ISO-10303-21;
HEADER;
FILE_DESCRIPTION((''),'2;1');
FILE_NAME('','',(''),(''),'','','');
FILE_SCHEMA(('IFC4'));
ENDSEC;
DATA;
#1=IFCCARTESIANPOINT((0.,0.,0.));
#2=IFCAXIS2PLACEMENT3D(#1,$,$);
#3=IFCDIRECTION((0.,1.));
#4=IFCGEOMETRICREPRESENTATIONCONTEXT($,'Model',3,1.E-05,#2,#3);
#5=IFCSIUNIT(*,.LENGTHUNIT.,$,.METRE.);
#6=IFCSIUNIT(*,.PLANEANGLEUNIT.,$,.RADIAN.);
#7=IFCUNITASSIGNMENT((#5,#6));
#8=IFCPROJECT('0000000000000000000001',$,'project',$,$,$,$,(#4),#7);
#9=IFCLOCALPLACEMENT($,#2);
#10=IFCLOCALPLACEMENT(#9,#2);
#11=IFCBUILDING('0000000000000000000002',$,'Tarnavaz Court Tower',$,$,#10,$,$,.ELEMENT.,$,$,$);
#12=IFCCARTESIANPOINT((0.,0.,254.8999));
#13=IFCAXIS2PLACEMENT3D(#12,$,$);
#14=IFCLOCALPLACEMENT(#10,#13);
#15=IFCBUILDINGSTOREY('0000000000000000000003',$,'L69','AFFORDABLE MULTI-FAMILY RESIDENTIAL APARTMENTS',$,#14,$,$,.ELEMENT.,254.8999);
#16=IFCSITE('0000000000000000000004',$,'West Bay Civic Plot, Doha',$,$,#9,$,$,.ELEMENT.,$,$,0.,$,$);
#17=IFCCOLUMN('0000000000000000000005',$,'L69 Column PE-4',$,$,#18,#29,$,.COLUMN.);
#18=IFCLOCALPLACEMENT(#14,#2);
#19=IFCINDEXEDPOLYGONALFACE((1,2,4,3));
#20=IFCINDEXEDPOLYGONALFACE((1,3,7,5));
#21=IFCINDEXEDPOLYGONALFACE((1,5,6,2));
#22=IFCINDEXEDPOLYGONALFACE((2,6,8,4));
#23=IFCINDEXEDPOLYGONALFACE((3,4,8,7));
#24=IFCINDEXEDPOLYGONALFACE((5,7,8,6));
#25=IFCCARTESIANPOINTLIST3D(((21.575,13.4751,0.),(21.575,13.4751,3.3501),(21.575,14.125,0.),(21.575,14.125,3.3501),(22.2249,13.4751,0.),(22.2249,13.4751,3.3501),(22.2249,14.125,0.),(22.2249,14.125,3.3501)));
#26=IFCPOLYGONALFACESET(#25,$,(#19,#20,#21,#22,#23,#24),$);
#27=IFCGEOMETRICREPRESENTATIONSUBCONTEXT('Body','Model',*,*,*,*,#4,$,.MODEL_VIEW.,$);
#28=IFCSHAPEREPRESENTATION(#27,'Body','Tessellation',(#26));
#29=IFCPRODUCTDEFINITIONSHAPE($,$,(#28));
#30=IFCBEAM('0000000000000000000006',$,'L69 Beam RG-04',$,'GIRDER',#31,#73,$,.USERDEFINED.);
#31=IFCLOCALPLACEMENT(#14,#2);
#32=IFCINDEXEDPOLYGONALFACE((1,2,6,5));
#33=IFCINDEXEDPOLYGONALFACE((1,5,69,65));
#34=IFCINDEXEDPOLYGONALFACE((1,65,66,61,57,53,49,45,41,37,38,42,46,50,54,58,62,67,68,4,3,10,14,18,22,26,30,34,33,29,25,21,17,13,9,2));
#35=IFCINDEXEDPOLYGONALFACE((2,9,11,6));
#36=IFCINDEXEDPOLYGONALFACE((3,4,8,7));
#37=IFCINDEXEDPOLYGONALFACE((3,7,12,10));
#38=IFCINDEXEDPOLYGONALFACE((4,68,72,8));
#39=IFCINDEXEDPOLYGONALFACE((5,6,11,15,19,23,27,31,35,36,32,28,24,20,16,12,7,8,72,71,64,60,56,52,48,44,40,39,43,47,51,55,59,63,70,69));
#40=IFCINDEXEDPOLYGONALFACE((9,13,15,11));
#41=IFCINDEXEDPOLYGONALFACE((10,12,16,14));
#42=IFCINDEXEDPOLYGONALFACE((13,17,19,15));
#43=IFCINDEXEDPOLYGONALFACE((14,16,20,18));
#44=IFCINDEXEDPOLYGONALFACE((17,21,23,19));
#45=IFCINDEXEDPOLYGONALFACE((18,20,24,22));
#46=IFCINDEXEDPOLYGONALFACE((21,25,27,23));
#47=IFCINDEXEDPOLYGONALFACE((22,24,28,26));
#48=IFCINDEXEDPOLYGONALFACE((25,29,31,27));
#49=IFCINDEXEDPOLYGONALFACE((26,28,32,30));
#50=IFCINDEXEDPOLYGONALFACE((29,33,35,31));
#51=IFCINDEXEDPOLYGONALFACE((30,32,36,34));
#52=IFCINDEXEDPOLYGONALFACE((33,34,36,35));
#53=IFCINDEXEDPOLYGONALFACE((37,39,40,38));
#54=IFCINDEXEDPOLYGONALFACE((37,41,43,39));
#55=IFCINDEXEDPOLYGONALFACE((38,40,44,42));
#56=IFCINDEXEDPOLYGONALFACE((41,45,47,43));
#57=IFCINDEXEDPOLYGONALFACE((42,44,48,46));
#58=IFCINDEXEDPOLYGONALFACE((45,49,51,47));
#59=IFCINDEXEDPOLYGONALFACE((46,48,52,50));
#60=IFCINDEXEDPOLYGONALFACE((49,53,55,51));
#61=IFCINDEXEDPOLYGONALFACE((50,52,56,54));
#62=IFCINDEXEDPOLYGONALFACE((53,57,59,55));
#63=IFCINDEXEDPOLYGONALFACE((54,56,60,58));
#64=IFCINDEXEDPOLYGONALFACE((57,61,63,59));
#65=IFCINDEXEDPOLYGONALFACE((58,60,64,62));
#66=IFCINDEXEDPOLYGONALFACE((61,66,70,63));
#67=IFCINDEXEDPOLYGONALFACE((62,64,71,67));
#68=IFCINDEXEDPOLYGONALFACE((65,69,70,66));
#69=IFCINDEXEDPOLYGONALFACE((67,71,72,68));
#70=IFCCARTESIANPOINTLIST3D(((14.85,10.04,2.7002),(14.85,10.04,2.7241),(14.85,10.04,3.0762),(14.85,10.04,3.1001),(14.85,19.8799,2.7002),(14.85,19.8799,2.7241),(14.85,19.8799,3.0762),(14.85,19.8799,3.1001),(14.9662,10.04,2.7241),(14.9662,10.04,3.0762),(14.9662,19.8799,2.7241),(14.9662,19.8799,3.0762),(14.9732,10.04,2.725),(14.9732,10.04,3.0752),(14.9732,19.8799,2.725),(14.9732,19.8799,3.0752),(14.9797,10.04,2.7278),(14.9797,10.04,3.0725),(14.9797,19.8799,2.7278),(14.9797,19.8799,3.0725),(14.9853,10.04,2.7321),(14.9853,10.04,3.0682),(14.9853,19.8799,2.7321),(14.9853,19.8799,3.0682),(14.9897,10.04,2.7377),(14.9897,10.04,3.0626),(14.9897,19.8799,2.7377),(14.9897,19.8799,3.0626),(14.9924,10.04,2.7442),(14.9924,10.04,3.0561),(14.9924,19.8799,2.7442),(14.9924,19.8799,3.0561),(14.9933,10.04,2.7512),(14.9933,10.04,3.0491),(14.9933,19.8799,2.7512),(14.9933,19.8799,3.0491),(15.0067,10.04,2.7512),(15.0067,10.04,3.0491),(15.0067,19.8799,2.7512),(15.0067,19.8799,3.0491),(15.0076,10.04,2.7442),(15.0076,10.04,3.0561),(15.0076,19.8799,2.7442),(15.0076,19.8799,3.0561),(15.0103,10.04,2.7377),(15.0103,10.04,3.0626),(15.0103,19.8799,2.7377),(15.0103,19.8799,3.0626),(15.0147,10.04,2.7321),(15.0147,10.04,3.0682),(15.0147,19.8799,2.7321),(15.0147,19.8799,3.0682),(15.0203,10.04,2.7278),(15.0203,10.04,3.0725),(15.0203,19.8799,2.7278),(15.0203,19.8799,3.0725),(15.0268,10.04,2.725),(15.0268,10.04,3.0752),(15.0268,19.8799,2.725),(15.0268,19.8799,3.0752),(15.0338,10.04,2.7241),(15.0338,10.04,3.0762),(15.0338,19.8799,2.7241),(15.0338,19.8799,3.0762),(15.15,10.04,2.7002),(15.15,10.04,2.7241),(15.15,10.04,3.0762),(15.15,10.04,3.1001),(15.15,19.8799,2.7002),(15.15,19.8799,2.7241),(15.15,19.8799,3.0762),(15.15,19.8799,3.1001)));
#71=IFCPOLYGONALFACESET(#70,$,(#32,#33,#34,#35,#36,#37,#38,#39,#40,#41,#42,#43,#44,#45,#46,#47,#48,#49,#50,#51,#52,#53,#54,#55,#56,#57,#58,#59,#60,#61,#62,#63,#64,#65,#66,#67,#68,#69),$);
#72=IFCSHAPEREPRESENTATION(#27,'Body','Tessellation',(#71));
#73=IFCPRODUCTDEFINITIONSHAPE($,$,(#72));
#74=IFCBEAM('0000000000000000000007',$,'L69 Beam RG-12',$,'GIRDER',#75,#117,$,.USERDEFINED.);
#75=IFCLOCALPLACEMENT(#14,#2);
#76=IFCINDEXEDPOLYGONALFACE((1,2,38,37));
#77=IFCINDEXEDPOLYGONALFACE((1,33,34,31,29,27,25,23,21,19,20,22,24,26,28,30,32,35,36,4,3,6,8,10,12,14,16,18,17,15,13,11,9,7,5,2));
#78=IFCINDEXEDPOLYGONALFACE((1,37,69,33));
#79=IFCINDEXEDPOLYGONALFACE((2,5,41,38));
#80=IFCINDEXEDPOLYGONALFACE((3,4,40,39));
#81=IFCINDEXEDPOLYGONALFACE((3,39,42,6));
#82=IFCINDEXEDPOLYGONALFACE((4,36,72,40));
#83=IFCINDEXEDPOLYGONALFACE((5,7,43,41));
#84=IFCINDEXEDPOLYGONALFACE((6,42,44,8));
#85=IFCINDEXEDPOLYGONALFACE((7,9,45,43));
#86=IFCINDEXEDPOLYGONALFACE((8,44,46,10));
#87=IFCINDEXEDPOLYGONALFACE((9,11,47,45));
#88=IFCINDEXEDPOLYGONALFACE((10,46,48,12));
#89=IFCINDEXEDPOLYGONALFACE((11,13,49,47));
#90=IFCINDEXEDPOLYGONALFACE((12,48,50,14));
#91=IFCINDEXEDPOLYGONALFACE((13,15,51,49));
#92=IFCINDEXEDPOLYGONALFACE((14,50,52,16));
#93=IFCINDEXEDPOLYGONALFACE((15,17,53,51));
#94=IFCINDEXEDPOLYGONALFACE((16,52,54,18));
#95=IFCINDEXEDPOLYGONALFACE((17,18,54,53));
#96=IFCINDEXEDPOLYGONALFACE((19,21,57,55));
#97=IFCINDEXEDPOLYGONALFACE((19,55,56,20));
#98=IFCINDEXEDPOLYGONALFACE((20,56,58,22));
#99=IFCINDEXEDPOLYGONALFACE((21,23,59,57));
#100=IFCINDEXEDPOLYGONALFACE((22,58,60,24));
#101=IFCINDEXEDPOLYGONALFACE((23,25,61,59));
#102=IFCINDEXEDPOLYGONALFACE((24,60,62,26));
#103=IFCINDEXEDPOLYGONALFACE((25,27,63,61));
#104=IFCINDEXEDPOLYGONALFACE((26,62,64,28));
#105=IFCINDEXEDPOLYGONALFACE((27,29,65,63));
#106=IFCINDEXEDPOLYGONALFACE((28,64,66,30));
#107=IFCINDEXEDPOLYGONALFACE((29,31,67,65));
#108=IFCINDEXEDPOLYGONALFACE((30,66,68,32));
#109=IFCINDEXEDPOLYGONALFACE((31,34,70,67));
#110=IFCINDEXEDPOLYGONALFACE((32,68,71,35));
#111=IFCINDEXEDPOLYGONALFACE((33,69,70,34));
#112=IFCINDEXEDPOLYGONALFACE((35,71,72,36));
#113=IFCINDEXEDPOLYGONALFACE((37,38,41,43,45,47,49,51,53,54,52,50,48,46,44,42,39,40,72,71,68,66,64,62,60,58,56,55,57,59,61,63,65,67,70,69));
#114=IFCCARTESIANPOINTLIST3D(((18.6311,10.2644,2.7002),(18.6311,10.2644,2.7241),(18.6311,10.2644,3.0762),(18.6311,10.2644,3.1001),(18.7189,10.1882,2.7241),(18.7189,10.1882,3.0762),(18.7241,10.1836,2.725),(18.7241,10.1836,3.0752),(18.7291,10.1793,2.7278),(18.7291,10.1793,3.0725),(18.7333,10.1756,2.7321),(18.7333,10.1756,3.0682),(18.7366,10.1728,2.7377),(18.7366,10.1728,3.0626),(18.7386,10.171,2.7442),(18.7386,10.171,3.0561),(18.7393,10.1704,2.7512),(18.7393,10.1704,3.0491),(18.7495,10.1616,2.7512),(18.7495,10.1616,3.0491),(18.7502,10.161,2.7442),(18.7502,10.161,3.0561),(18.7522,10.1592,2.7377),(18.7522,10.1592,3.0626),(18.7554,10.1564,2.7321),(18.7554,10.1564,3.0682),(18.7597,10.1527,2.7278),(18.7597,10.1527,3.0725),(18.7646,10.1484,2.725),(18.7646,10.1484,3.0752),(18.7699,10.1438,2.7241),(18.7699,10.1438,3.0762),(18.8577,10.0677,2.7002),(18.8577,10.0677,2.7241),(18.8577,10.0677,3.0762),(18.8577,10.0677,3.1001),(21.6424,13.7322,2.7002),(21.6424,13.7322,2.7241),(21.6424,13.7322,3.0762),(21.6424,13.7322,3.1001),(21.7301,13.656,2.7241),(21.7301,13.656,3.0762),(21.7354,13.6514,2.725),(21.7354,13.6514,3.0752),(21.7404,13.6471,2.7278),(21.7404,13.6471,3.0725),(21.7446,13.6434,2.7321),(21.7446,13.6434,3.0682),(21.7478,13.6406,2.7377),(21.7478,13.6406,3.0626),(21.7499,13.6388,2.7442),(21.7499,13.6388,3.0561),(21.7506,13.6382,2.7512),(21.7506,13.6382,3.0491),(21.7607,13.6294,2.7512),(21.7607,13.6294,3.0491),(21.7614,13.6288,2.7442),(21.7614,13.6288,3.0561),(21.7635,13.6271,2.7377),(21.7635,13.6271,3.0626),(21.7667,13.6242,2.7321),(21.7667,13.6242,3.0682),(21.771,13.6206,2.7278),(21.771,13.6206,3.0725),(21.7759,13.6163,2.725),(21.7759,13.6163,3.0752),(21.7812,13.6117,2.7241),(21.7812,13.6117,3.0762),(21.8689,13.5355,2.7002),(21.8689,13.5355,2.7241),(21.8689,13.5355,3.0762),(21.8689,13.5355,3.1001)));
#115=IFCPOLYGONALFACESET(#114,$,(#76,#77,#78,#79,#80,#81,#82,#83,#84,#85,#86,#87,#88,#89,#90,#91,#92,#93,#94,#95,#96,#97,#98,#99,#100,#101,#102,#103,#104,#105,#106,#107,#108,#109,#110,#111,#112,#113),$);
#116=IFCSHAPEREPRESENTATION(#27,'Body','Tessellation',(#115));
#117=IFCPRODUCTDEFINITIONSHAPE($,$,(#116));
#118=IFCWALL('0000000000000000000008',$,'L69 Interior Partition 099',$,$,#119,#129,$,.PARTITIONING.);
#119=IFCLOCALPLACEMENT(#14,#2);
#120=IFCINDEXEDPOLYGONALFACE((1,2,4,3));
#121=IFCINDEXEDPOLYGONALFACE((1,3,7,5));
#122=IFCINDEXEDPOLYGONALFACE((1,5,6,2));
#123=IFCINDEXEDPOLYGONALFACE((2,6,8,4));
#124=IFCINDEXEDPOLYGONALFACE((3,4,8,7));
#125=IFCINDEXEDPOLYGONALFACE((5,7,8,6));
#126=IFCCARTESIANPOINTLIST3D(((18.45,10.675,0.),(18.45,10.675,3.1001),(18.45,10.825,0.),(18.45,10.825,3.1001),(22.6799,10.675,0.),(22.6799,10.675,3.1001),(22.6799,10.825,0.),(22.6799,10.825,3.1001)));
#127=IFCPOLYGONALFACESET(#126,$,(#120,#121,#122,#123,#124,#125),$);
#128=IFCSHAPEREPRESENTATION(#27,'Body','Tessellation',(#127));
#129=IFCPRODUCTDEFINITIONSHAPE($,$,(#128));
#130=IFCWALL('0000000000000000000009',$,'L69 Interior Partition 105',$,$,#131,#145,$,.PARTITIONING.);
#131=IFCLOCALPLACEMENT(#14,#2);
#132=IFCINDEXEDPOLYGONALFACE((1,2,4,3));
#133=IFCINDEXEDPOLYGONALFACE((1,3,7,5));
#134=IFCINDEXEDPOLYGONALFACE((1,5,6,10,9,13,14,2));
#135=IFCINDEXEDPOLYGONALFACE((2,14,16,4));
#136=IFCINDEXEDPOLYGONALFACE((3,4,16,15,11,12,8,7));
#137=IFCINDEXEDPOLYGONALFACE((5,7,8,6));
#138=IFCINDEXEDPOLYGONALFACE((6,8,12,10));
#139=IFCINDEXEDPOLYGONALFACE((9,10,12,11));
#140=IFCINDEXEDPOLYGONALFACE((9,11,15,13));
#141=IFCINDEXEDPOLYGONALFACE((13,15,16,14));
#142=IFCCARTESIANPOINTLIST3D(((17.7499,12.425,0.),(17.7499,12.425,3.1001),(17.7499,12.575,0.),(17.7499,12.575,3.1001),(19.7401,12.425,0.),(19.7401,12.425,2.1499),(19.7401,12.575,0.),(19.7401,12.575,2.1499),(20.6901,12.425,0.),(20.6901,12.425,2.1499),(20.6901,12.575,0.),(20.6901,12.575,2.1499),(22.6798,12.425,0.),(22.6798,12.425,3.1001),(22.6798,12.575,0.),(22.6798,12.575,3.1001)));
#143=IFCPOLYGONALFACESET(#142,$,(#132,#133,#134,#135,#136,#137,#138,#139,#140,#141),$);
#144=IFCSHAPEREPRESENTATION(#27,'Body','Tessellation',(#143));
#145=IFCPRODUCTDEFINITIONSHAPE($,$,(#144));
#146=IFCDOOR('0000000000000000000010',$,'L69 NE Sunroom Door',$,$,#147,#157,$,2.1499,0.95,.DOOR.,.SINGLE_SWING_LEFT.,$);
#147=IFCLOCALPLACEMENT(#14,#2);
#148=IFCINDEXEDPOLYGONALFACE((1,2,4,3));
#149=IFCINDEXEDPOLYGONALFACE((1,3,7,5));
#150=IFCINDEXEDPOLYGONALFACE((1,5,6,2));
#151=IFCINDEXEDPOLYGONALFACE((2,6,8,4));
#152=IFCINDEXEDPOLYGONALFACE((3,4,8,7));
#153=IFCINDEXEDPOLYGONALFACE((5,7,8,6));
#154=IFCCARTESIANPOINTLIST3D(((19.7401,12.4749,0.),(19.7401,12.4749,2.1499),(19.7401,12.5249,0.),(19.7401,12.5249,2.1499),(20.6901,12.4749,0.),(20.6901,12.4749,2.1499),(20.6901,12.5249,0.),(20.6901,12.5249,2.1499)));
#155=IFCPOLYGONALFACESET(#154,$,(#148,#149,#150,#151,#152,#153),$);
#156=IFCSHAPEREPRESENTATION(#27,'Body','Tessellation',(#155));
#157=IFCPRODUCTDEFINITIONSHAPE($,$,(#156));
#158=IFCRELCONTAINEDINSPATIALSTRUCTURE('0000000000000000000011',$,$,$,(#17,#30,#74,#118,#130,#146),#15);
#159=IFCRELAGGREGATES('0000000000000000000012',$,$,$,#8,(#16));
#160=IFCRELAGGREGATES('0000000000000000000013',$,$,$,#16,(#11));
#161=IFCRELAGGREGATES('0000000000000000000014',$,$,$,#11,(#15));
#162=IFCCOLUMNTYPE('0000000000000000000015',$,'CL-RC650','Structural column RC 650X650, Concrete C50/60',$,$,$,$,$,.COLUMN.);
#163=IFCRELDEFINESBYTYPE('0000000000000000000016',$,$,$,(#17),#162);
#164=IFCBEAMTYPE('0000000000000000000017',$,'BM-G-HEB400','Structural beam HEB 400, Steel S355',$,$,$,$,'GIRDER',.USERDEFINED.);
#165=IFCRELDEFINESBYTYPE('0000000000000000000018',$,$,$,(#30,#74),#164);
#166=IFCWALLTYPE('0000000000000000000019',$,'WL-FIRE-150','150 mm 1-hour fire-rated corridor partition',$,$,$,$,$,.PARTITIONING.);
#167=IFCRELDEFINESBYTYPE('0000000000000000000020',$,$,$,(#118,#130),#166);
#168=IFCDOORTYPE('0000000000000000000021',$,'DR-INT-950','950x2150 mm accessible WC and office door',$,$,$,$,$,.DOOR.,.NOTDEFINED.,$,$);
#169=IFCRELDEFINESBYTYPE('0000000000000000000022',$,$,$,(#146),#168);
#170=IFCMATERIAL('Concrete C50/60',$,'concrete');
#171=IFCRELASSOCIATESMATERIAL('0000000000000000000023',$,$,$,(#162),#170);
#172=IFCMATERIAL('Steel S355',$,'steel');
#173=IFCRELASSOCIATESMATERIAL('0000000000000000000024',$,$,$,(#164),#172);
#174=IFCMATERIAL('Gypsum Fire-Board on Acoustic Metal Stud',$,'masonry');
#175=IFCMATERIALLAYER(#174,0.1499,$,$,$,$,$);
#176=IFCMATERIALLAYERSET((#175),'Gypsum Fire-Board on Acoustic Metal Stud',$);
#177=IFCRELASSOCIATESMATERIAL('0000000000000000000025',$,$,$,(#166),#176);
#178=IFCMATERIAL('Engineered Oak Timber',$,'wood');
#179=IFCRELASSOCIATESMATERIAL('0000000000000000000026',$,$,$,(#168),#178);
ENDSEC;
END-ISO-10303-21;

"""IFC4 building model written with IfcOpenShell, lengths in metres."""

from ifc_helpers import new_model, si_unit, direction, frame, frame_2d, origin, origin_2d, place, context, subcontext, project, spatial, rectangle, i_section, extrude, material, layer, layer_set, material_profile, profile_set, type_object, element, fill, save


model = new_model("IFC4")

# Units and contexts
model_context = context("Model", 3, precision=1e-05, world=origin(), true_north=direction((0.0, 1.0)))
body_context = subcontext(model_context, "Body", "Model", "MODEL_VIEW")
ifc_project = project(units=[si_unit("LENGTHUNIT", "METRE"), si_unit("PLANEANGLEUNIT", "RADIAN")], contexts=[model_context])

# Site, building, storey
site_placement = place(None, origin())
site = spatial("IfcSite", under=ifc_project, at=site_placement, Name="West Bay Civic Plot, Doha", CompositionType="ELEMENT", RefElevation=0.0)
building_placement = place(site_placement, origin())
building = spatial("IfcBuilding", under=site, at=building_placement, Name="Tarnavaz Court Tower", CompositionType="ELEMENT")
storey_placement = place(building_placement, frame((0.0, 0.0, 254.8999)))
storey = spatial("IfcBuildingStorey", under=building, at=storey_placement, Name="L69", Description="AFFORDABLE MULTI-FAMILY RESIDENTIAL APARTMENTS", CompositionType="ELEMENT", Elevation=254.8999)

# Column
ifc_material_1 = material(Name="Concrete C50/60", Category="concrete")
ifc_material_profile_1 = material_profile(ifc_material_1, rectangle(XDim=0.6499, YDim=0.6499, at=origin_2d()), Name="RC 650X650")
ifc_profile_set_1 = profile_set([ifc_material_profile_1], Name="Concrete C50/60")
column_type = type_object("IfcColumnType", Name="CL-RC650", Description="Structural column RC 650X650, Concrete C50/60", PredefinedType="COLUMN", material=ifc_profile_set_1)
column_placement = place(storey_placement, frame((21.8999, 13.8, 0.0), z_axis=(0.0, 0.0, 1.0), x_axis=(1.0, 0.0, 0.0)))
element("IfcColumn", 1, at=column_placement, inside=storey, type_object=column_type, Name="L69 Column PE-4", PredefinedType="COLUMN", context=body_context, shape_type="SweptSolid", body=[
    extrude(rectangle(XDim=0.6499, YDim=0.6499, at=origin_2d()), origin(), (0.0, 0.0, 1.0), 3.3501),
])

# Beams
ifc_material_2 = material(Name="Steel S355", Category="steel")
ifc_material_profile_2 = material_profile(ifc_material_2, i_section(OverallWidth=0.3, OverallDepth=0.3999, WebThickness=0.0134, FlangeThickness=0.0239, FilletRadius=0.0271, at=origin_2d()), Name="HEB 400")
ifc_profile_set_2 = profile_set([ifc_material_profile_2], Name="Steel S355")
beam_type = type_object("IfcBeamType", Name="BM-G-HEB400", Description="Structural beam HEB 400, Steel S355", ElementType="GIRDER", PredefinedType="USERDEFINED", material=ifc_profile_set_2)
beam_1_placement = place(storey_placement, frame((15.0, 10.04, 2.9001), z_axis=(0.0, 1.0, 0.0), x_axis=(-1.0, 0.0, 0.0)))
element("IfcBeam", 2, at=beam_1_placement, inside=storey, type_object=beam_type, Name="L69 Beam RG-04", ObjectType="GIRDER", PredefinedType="USERDEFINED", context=body_context, shape_type="SweptSolid", body=[
    extrude(i_section(OverallWidth=0.3, OverallDepth=0.3999, WebThickness=0.0134, FlangeThickness=0.0239, FilletRadius=0.0271, at=origin_2d()), origin(), (0.0, 0.0, 1.0), 9.8398),
])
beam_2_placement = place(storey_placement, frame((18.7444, 10.166, 2.9001), z_axis=(0.655655, 0.755061, 0.0), x_axis=(-0.755061, 0.655655, 0.0)))
element("IfcBeam", 3, at=beam_2_placement, inside=storey, type_object=beam_type, Name="L69 Beam RG-12", ObjectType="GIRDER", PredefinedType="USERDEFINED", context=body_context, shape_type="SweptSolid", body=[
    extrude(i_section(OverallWidth=0.3, OverallDepth=0.3999, WebThickness=0.0134, FlangeThickness=0.0239, FilletRadius=0.0271, at=origin_2d()), origin(), (0.0, 0.0, 1.0), 4.5928),
])

# Wall
ifc_material_3 = material(Name="Gypsum Fire-Board on Acoustic Metal Stud", Category="masonry")
ifc_layer_1 = layer(ifc_material_3, 0.1499)
ifc_layer_set_1 = layer_set([ifc_layer_1], Name="Gypsum Fire-Board on Acoustic Metal Stud")
wall_type_1 = type_object("IfcWallType", Name="WL-FIRE-150", Description="150 mm 1-hour fire-rated corridor partition", PredefinedType="PARTITIONING", material=ifc_layer_set_1)
wall_1_placement = place(storey_placement, frame((18.45, 10.75, 0.0), z_axis=(0.0, 0.0, 1.0), x_axis=(1.0, 0.0, 0.0)))
element("IfcWall", 4, at=wall_1_placement, inside=storey, type_object=wall_type_1, Name="L69 Interior Partition 099", PredefinedType="PARTITIONING", context=body_context, shape_type="SweptSolid", body=[
    extrude(rectangle(XDim=4.23, YDim=0.1499, at=frame_2d((2.115, 0.0))), origin(), (0.0, 0.0, 1.0), 3.1001),
])

# Wall, opening, door
wall_2_placement = place(storey_placement, frame((17.75, 12.5, 0.0), z_axis=(0.0, 0.0, 1.0), x_axis=(1.0, 0.0, 0.0)))
wall_2 = element("IfcWall", 5, at=wall_2_placement, inside=storey, type_object=wall_type_1, Name="L69 Interior Partition 105", PredefinedType="PARTITIONING", context=body_context, shape_type="SweptSolid", body=[
    extrude(rectangle(XDim=4.9299, YDim=0.1499, at=frame_2d((2.4648, 0.0))), origin(), (0.0, 0.0, 1.0), 3.1001),
])
opening_1_placement = place(wall_2_placement, frame((1.99, 0.0, 0.0)))
opening_1 = element("IfcOpeningElement", 6, at=opening_1_placement, cuts=wall_2, PredefinedType="OPENING", context=body_context, shape_type="SweptSolid", body=[
    extrude(rectangle(XDim=0.95, YDim=2.1499, at=frame_2d((0.4751, 1.075))), frame((0.0, 0.085, 0.0), z_axis=(0.0, -1.0, 0.0), x_axis=(1.0, 0.0, 0.0)), (0.0, 0.0, 1.0), 0.1699),
])
ifc_material_4 = material(Name="Engineered Oak Timber", Category="wood")
door_type_1 = type_object("IfcDoorType", Name="DR-INT-950", Description="950x2150 mm accessible WC and office door", OperationType="NOTDEFINED", PredefinedType="DOOR", material=ifc_material_4)
door_1_placement = place(opening_1_placement, origin())
door_1 = element("IfcDoor", 7, at=door_1_placement, inside=storey, type_object=door_type_1, Name="L69 NE Sunroom Door", OperationType="SINGLE_SWING_LEFT", OverallHeight=2.1499, OverallWidth=0.95, PredefinedType="DOOR", context=body_context, shape_type="SweptSolid", body=[
    extrude(rectangle(XDim=0.95, YDim=2.1499, at=frame_2d((0.4751, 1.075))), frame((0.0, 0.0249, 0.0), z_axis=(0.0, -1.0, 0.0), x_axis=(1.0, 0.0, 0.0)), (0.0, 0.0, 1.0), 0.05),
])
fill(opening_1, door_1)

save(model, "model.ifc")
